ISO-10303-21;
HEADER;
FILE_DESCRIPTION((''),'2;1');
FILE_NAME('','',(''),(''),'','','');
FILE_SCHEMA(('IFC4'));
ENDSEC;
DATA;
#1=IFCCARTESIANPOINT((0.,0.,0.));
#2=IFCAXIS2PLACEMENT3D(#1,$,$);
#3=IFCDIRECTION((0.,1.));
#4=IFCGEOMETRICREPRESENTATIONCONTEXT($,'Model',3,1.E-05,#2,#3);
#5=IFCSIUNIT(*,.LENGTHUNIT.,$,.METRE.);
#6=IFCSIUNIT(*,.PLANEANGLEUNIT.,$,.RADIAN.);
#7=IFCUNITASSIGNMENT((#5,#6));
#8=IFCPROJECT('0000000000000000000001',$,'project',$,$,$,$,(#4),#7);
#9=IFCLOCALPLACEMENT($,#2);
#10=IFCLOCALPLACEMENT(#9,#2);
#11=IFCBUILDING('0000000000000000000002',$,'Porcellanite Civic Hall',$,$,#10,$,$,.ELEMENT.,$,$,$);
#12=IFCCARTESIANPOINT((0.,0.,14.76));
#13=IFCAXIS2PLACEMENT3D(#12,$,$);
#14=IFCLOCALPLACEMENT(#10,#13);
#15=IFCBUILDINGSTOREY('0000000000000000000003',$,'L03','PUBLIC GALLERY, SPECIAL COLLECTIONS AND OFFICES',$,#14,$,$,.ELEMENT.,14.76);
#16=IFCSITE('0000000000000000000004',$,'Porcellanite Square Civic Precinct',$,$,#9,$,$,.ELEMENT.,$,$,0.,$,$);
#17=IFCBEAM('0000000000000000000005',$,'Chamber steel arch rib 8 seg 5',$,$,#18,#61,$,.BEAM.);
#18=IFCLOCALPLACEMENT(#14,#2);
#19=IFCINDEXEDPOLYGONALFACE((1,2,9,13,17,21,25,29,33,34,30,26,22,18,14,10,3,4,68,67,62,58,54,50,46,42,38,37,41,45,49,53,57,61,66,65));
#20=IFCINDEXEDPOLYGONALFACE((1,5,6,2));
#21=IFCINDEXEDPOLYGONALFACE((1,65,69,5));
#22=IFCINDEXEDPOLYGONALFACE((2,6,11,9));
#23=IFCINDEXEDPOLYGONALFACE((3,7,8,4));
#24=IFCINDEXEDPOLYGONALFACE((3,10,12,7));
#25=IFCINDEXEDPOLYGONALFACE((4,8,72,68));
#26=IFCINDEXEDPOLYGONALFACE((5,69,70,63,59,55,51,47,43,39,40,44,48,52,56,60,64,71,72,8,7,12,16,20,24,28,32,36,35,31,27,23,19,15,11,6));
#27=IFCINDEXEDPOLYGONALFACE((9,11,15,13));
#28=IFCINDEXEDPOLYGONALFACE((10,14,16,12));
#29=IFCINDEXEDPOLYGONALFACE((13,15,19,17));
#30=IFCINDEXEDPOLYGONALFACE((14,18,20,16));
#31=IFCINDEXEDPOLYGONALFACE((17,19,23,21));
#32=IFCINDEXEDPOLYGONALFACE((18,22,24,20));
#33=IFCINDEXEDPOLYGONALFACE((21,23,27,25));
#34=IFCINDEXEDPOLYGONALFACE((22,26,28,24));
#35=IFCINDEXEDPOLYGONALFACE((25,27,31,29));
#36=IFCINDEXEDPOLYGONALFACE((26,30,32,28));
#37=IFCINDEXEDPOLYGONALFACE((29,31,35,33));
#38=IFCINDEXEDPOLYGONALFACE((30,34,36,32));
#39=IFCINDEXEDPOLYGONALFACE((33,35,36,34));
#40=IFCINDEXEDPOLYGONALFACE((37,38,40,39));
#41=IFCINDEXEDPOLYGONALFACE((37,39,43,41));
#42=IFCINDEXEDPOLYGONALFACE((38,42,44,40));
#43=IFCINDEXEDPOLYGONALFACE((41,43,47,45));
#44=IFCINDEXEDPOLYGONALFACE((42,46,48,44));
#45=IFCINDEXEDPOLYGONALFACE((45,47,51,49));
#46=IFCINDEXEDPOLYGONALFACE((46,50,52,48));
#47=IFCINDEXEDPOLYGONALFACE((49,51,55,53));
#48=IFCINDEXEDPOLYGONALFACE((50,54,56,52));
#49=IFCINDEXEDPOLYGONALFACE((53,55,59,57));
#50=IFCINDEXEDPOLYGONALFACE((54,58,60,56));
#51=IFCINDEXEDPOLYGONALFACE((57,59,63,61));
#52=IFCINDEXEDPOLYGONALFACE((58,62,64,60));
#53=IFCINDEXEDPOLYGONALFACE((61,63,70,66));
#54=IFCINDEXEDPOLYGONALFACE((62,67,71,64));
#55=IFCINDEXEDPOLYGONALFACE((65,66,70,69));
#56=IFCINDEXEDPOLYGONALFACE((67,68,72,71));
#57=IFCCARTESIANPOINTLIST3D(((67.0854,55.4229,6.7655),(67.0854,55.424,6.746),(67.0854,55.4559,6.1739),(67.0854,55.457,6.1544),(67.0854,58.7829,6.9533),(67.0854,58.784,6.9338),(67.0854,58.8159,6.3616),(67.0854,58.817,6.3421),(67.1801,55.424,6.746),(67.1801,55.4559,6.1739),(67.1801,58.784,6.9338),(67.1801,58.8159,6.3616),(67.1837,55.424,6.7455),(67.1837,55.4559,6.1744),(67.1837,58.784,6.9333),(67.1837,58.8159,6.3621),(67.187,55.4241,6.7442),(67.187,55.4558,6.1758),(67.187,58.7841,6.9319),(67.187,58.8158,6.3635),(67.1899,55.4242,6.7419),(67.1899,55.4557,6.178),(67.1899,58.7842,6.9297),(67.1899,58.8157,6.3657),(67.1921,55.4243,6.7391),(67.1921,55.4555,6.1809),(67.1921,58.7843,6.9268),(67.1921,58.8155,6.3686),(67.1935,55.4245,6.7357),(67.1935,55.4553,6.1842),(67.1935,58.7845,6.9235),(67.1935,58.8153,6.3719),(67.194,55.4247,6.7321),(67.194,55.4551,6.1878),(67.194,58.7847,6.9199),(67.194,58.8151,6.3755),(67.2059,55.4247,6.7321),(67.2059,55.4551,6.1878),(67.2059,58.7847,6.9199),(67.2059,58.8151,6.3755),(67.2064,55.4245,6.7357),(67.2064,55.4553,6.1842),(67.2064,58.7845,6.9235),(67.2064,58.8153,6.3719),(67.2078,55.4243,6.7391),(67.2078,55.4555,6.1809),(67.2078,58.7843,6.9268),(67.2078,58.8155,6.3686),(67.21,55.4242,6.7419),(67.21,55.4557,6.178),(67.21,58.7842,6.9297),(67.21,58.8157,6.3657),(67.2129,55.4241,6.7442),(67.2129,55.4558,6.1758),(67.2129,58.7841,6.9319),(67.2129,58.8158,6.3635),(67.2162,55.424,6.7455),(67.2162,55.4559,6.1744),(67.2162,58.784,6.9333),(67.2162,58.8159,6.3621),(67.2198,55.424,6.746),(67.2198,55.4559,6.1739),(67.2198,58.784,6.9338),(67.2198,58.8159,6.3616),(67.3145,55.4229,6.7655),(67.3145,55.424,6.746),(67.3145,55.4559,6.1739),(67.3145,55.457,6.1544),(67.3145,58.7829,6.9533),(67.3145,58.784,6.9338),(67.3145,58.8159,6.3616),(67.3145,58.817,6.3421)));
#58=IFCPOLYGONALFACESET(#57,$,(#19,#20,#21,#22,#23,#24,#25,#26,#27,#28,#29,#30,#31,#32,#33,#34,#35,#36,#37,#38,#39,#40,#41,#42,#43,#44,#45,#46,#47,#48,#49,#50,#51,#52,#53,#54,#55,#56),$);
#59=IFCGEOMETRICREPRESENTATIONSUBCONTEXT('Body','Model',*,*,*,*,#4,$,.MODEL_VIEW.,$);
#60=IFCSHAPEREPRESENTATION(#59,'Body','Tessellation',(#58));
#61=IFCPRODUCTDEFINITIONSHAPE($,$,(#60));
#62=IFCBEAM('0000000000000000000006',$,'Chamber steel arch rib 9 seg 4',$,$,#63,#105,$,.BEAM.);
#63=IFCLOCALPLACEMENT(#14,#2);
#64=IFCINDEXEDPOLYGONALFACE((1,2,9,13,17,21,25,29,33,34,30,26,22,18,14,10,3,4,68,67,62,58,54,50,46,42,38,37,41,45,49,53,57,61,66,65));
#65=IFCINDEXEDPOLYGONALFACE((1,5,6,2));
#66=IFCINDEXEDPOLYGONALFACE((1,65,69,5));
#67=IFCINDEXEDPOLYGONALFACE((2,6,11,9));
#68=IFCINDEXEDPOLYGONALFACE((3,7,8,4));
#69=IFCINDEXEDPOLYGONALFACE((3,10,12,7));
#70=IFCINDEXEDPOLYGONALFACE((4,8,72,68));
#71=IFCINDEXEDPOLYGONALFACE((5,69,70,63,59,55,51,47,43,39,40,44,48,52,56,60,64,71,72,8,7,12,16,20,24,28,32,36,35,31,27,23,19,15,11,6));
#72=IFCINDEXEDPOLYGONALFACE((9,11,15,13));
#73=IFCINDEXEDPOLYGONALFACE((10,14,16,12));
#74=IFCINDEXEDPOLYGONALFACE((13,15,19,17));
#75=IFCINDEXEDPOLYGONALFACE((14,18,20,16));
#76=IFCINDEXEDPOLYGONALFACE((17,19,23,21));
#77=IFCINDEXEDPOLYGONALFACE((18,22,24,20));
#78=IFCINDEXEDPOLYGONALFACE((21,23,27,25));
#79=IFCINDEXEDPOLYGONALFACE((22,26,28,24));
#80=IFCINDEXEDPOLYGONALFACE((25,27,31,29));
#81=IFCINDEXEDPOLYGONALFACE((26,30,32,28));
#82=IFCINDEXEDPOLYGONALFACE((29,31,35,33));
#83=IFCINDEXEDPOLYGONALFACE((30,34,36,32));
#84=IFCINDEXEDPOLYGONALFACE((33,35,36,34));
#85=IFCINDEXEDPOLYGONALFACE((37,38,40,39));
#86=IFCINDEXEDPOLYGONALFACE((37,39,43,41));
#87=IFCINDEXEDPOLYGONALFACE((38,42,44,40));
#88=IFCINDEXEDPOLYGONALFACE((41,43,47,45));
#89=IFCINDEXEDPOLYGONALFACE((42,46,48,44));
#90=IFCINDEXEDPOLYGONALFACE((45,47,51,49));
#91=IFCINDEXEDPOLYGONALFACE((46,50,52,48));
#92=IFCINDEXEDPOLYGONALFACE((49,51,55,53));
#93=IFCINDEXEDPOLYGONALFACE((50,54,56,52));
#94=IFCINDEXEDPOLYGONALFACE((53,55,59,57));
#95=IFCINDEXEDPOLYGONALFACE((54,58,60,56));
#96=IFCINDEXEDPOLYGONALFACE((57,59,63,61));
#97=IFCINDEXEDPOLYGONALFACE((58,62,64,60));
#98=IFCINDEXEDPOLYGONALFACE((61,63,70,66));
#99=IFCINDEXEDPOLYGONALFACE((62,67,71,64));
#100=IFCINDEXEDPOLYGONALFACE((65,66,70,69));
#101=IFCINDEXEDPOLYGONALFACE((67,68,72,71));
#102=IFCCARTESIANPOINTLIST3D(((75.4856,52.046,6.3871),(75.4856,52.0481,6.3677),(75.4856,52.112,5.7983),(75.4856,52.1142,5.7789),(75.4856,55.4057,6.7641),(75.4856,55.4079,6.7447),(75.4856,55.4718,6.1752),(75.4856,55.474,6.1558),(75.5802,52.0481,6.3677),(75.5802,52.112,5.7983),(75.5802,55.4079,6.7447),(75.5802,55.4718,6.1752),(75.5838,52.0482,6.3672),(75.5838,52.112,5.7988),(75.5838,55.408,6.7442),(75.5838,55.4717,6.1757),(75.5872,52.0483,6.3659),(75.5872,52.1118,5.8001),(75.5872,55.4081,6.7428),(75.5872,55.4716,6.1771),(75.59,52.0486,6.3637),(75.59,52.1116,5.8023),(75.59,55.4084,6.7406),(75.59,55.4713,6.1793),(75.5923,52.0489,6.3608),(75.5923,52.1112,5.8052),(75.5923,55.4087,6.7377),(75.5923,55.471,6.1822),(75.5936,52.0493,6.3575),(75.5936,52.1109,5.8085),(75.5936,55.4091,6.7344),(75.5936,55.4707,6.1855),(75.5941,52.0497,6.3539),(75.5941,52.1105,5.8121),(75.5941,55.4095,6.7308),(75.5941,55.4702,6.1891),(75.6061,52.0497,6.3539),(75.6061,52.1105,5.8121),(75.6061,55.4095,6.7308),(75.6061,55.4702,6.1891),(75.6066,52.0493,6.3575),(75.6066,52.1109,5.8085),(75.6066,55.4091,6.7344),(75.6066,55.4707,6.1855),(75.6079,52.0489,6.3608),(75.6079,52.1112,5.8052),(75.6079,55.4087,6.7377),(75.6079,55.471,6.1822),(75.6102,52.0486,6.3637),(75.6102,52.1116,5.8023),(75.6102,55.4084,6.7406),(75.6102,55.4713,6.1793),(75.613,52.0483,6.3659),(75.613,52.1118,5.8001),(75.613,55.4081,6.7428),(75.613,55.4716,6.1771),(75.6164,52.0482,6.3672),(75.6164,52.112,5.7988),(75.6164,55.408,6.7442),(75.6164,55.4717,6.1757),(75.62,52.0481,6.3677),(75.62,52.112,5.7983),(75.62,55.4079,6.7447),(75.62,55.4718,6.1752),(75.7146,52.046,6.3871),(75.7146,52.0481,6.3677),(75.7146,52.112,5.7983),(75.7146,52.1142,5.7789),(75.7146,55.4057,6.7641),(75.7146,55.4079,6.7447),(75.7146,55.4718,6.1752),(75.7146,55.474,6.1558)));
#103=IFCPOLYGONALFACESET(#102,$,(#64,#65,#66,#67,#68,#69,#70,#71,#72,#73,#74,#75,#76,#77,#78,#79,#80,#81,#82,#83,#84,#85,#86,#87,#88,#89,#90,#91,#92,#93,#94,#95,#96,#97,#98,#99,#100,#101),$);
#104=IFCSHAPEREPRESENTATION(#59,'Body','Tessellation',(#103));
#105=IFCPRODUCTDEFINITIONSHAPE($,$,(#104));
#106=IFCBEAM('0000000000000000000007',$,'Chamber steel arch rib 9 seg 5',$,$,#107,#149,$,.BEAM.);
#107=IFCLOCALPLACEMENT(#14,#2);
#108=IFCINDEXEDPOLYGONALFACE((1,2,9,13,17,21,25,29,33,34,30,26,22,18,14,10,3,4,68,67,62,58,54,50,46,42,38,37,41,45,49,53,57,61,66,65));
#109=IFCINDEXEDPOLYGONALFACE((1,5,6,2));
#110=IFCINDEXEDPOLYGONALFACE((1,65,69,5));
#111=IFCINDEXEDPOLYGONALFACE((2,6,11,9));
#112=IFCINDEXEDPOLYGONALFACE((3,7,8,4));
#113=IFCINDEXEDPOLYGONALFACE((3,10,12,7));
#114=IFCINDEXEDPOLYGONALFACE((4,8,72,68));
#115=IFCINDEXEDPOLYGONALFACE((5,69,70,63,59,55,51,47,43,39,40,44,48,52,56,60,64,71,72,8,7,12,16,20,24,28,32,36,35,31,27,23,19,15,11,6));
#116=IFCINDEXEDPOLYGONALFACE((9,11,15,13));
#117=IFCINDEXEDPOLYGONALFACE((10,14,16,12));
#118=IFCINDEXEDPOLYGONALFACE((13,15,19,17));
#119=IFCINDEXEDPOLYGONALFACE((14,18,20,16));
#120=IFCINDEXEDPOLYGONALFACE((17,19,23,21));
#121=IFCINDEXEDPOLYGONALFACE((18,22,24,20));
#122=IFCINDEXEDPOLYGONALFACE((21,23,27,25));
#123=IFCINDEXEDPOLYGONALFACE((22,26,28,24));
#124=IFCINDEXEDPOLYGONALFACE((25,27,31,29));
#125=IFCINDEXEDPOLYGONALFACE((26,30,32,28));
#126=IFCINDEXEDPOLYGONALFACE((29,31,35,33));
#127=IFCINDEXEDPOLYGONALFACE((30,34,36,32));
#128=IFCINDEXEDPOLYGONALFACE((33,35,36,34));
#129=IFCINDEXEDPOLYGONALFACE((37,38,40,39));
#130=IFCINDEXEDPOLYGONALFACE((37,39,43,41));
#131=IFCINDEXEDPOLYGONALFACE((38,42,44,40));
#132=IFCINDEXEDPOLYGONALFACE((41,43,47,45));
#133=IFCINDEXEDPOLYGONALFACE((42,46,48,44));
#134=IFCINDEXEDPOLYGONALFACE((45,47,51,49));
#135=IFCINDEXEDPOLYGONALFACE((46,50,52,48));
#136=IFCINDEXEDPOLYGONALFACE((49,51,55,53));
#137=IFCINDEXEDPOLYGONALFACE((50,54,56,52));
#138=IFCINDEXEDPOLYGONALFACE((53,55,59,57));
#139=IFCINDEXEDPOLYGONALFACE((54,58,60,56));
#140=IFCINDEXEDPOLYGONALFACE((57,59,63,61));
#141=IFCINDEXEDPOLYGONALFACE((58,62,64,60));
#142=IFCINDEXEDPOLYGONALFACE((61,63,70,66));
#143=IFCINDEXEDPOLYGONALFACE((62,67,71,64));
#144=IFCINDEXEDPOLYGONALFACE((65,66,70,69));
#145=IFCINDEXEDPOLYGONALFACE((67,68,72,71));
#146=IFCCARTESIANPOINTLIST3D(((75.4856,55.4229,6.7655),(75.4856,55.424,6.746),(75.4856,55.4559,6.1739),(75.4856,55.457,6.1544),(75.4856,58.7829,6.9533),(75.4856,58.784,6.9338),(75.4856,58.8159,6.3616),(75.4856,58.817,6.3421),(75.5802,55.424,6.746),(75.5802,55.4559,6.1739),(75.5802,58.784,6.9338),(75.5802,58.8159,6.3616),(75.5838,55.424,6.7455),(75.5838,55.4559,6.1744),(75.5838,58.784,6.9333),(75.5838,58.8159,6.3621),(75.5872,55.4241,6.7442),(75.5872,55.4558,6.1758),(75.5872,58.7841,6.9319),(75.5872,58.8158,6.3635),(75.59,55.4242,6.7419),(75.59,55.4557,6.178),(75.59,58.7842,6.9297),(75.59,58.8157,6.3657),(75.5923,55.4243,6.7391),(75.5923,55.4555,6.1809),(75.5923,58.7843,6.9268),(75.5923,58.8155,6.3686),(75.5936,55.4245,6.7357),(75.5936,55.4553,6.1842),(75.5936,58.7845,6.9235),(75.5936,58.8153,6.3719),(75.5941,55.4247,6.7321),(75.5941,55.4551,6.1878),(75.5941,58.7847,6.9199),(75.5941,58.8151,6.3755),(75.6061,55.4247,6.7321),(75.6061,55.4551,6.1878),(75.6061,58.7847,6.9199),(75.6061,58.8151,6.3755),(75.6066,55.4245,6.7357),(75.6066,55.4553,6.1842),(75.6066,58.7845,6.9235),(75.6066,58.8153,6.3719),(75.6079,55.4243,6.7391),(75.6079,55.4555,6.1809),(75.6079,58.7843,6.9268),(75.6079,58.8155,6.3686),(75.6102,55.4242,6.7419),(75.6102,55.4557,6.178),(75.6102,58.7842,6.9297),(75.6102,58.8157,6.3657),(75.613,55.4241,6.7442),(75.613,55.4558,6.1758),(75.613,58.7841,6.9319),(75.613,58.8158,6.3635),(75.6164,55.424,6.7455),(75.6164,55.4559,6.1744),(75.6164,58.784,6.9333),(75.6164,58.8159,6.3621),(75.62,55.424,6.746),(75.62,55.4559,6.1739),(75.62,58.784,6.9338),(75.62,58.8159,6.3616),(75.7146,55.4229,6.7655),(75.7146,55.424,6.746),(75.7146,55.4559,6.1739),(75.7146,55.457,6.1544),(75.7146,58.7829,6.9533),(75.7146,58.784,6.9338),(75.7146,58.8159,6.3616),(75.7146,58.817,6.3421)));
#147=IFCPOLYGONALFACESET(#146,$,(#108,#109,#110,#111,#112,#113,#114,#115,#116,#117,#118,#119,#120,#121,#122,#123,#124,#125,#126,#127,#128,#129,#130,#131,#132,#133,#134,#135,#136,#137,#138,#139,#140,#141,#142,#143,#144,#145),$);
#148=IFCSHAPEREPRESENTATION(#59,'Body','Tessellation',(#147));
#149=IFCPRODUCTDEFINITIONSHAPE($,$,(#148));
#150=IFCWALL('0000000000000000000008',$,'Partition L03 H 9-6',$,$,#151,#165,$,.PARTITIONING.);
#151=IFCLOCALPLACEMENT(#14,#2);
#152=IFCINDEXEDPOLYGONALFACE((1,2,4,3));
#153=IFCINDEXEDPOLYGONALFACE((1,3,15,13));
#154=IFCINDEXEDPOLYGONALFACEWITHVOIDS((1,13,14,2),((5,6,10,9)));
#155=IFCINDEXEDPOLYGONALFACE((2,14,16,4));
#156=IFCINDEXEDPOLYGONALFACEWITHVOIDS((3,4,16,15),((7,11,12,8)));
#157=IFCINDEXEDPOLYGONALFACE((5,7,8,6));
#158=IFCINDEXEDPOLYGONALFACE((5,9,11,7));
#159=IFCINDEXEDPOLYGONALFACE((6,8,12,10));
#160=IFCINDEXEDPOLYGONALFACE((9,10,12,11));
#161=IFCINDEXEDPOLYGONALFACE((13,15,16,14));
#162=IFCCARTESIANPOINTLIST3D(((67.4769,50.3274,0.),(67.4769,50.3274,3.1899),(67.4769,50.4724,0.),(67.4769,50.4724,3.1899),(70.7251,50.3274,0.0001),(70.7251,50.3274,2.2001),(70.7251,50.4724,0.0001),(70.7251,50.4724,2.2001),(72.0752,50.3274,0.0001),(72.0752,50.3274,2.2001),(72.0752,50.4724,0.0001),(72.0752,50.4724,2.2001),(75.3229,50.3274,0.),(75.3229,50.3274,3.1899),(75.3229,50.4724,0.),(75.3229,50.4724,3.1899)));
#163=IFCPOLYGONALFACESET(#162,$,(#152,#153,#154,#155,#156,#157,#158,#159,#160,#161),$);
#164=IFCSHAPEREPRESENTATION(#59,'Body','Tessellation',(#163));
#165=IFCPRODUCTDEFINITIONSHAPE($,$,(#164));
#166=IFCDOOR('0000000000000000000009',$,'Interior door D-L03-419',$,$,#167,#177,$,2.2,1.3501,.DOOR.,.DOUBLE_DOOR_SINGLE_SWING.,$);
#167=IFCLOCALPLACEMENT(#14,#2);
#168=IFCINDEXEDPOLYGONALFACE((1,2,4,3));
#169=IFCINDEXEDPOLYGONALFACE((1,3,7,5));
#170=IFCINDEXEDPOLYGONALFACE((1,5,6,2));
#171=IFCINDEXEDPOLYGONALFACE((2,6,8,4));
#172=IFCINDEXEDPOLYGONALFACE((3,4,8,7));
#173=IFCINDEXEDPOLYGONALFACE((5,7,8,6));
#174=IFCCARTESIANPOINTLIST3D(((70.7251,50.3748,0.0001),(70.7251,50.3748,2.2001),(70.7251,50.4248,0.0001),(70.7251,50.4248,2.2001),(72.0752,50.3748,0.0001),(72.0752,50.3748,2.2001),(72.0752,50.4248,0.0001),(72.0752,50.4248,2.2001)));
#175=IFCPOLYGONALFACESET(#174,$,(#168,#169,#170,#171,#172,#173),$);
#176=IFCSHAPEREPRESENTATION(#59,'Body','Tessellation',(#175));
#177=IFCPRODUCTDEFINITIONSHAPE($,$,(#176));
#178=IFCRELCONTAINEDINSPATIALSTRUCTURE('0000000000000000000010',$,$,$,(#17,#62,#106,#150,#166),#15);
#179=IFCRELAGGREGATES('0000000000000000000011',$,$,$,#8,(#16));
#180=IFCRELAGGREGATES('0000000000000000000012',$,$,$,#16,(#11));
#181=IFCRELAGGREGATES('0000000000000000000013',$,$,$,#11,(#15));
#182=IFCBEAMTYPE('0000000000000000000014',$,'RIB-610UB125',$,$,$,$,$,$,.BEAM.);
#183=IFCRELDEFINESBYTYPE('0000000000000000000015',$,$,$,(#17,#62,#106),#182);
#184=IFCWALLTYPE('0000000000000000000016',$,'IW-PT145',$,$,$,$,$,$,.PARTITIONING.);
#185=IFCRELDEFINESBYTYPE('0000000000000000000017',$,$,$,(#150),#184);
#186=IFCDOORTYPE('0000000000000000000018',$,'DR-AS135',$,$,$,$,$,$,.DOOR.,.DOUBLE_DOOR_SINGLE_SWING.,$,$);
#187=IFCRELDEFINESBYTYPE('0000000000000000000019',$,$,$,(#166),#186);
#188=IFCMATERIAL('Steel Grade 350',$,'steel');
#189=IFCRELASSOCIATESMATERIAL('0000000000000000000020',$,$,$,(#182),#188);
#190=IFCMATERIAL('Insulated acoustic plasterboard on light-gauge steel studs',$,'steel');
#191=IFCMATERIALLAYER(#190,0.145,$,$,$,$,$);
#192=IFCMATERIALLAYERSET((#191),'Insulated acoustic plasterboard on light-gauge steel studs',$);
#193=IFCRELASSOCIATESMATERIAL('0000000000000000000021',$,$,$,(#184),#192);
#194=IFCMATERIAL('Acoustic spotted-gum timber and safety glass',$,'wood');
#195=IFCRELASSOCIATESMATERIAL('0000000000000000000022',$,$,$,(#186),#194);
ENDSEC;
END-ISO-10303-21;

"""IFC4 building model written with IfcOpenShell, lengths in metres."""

from ifc_helpers import new_model, si_unit, direction, frame, frame_2d, origin, origin_2d, place, context, subcontext, project, spatial, rectangle, i_section, extrude, material, layer, layer_set, material_profile, profile_set, type_object, element, fill, save


model = new_model("IFC4")

# Units and contexts
model_context = context("Model", 3, precision=1e-05, world=origin(), true_north=direction((0.0, 1.0)))
body_context = subcontext(model_context, "Body", "Model", "MODEL_VIEW")
ifc_project = project(units=[si_unit("LENGTHUNIT", "METRE"), si_unit("PLANEANGLEUNIT", "RADIAN")], contexts=[model_context])

# Site, building, storey
site_placement = place(None, origin())
site = spatial("IfcSite", under=ifc_project, at=site_placement, Name="Porcellanite Square Civic Precinct", CompositionType="ELEMENT", RefElevation=0.0)
building_placement = place(site_placement, origin())
building = spatial("IfcBuilding", under=site, at=building_placement, Name="Porcellanite Civic Hall", CompositionType="ELEMENT")
storey_placement = place(building_placement, frame((0.0, 0.0, 14.76)))
storey = spatial("IfcBuildingStorey", under=building, at=storey_placement, Name="L03", Description="PUBLIC GALLERY, SPECIAL COLLECTIONS AND OFFICES", CompositionType="ELEMENT", Elevation=14.76)

# Beams
ifc_material_1 = material(Name="Steel Grade 350", Category="steel")
ifc_material_profile_1 = material_profile(ifc_material_1, i_section(OverallWidth=0.229, OverallDepth=0.6121, WebThickness=0.012, FlangeThickness=0.0195, FilletRadius=0.0139, at=origin_2d()), Name="610UB125")
ifc_profile_set_1 = profile_set([ifc_material_profile_1], Name="Steel Grade 350")
beam_type = type_object("IfcBeamType", Name="RIB-610UB125", PredefinedType="BEAM", material=ifc_profile_set_1)
beam_1_placement = place(storey_placement, frame((67.2, 55.4399, 6.46), z_axis=(0.0, 0.998443, 0.055787), x_axis=(-1.0, 0.0, 0.0)))
element("IfcBeam", 1, at=beam_1_placement, inside=storey, type_object=beam_type, Name="Chamber steel arch rib 8 seg 5", PredefinedType="BEAM", context=body_context, shape_type="SweptSolid", body=[
    extrude(i_section(OverallWidth=0.229, OverallDepth=0.6121, WebThickness=0.012, FlangeThickness=0.0195, FilletRadius=0.0139, at=origin_2d()), origin(), (0.0, 0.0, 1.0), 3.3652),
])
beam_2_placement = place(storey_placement, frame((75.6001, 52.0801, 6.083), z_axis=(0.0, 0.993765, 0.111493), x_axis=(-1.0, 0.0, 0.0)))
element("IfcBeam", 2, at=beam_2_placement, inside=storey, type_object=beam_type, Name="Chamber steel arch rib 9 seg 4", PredefinedType="BEAM", context=body_context, shape_type="SweptSolid", body=[
    extrude(i_section(OverallWidth=0.229, OverallDepth=0.6121, WebThickness=0.012, FlangeThickness=0.0195, FilletRadius=0.0139, at=origin_2d()), origin(), (0.0, 0.0, 1.0), 3.3809),
])
beam_3_placement = place(storey_placement, frame((75.6001, 55.4399, 6.46), z_axis=(0.0, 0.998443, 0.055787), x_axis=(-1.0, 0.0, 0.0)))
element("IfcBeam", 3, at=beam_3_placement, inside=storey, type_object=beam_type, Name="Chamber steel arch rib 9 seg 5", PredefinedType="BEAM", context=body_context, shape_type="SweptSolid", body=[
    extrude(i_section(OverallWidth=0.229, OverallDepth=0.6121, WebThickness=0.012, FlangeThickness=0.0195, FilletRadius=0.0139, at=origin_2d()), origin(), (0.0, 0.0, 1.0), 3.3652),
])

# Wall, opening, door
ifc_material_2 = material(Name="Insulated acoustic plasterboard on light-gauge steel studs", Category="steel")
ifc_layer = layer(ifc_material_2, 0.145)
ifc_layer_set = layer_set([ifc_layer], Name="Insulated acoustic plasterboard on light-gauge steel studs")
wall_type = type_object("IfcWallType", Name="IW-PT145", PredefinedType="PARTITIONING", material=ifc_layer_set)
wall_placement = place(storey_placement, frame((67.4771, 50.3999, 0.0), z_axis=(0.0, 0.0, 1.0), x_axis=(1.0, 0.0, 0.0)))
wall = element("IfcWall", 4, at=wall_placement, inside=storey, type_object=wall_type, Name="Partition L03 H 9-6", PredefinedType="PARTITIONING", context=body_context, shape_type="SweptSolid", body=[
    extrude(rectangle(XDim=7.8459, YDim=0.145, at=frame_2d((3.9229, 0.0))), origin(), (0.0, 0.0, 1.0), 3.1899),
])
opening_placement = place(wall_placement, frame((3.248, 0.0, 0.0)))
opening = element("IfcOpeningElement", 5, at=opening_placement, cuts=wall, PredefinedType="OPENING", context=body_context, shape_type="SweptSolid", body=[
    extrude(rectangle(XDim=1.3501, YDim=2.2, at=frame_2d((0.675, 1.1001))), frame((0.0, 0.0725, 0.0), z_axis=(0.0, -1.0, 0.0), x_axis=(1.0, 0.0, 0.0)), (0.0, 0.0, 1.0), 0.145),
])
ifc_material_3 = material(Name="Acoustic spotted-gum timber and safety glass", Category="wood")
door_type = type_object("IfcDoorType", Name="DR-AS135", OperationType="DOUBLE_DOOR_SINGLE_SWING", PredefinedType="DOOR", material=ifc_material_3)
door_placement = place(opening_placement, origin())
door = element("IfcDoor", 6, at=door_placement, inside=storey, type_object=door_type, Name="Interior door D-L03-419", OperationType="DOUBLE_DOOR_SINGLE_SWING", OverallHeight=2.2, OverallWidth=1.3501, PredefinedType="DOOR", context=body_context, shape_type="SweptSolid", body=[
    extrude(rectangle(XDim=1.3501, YDim=2.2, at=frame_2d((0.675, 1.1001))), frame((0.0, 0.0249, 0.0), z_axis=(0.0, -1.0, 0.0), x_axis=(1.0, 0.0, 0.0)), (0.0, 0.0, 1.0), 0.05),
])
fill(opening, door)

save(model, "model.ifc")
